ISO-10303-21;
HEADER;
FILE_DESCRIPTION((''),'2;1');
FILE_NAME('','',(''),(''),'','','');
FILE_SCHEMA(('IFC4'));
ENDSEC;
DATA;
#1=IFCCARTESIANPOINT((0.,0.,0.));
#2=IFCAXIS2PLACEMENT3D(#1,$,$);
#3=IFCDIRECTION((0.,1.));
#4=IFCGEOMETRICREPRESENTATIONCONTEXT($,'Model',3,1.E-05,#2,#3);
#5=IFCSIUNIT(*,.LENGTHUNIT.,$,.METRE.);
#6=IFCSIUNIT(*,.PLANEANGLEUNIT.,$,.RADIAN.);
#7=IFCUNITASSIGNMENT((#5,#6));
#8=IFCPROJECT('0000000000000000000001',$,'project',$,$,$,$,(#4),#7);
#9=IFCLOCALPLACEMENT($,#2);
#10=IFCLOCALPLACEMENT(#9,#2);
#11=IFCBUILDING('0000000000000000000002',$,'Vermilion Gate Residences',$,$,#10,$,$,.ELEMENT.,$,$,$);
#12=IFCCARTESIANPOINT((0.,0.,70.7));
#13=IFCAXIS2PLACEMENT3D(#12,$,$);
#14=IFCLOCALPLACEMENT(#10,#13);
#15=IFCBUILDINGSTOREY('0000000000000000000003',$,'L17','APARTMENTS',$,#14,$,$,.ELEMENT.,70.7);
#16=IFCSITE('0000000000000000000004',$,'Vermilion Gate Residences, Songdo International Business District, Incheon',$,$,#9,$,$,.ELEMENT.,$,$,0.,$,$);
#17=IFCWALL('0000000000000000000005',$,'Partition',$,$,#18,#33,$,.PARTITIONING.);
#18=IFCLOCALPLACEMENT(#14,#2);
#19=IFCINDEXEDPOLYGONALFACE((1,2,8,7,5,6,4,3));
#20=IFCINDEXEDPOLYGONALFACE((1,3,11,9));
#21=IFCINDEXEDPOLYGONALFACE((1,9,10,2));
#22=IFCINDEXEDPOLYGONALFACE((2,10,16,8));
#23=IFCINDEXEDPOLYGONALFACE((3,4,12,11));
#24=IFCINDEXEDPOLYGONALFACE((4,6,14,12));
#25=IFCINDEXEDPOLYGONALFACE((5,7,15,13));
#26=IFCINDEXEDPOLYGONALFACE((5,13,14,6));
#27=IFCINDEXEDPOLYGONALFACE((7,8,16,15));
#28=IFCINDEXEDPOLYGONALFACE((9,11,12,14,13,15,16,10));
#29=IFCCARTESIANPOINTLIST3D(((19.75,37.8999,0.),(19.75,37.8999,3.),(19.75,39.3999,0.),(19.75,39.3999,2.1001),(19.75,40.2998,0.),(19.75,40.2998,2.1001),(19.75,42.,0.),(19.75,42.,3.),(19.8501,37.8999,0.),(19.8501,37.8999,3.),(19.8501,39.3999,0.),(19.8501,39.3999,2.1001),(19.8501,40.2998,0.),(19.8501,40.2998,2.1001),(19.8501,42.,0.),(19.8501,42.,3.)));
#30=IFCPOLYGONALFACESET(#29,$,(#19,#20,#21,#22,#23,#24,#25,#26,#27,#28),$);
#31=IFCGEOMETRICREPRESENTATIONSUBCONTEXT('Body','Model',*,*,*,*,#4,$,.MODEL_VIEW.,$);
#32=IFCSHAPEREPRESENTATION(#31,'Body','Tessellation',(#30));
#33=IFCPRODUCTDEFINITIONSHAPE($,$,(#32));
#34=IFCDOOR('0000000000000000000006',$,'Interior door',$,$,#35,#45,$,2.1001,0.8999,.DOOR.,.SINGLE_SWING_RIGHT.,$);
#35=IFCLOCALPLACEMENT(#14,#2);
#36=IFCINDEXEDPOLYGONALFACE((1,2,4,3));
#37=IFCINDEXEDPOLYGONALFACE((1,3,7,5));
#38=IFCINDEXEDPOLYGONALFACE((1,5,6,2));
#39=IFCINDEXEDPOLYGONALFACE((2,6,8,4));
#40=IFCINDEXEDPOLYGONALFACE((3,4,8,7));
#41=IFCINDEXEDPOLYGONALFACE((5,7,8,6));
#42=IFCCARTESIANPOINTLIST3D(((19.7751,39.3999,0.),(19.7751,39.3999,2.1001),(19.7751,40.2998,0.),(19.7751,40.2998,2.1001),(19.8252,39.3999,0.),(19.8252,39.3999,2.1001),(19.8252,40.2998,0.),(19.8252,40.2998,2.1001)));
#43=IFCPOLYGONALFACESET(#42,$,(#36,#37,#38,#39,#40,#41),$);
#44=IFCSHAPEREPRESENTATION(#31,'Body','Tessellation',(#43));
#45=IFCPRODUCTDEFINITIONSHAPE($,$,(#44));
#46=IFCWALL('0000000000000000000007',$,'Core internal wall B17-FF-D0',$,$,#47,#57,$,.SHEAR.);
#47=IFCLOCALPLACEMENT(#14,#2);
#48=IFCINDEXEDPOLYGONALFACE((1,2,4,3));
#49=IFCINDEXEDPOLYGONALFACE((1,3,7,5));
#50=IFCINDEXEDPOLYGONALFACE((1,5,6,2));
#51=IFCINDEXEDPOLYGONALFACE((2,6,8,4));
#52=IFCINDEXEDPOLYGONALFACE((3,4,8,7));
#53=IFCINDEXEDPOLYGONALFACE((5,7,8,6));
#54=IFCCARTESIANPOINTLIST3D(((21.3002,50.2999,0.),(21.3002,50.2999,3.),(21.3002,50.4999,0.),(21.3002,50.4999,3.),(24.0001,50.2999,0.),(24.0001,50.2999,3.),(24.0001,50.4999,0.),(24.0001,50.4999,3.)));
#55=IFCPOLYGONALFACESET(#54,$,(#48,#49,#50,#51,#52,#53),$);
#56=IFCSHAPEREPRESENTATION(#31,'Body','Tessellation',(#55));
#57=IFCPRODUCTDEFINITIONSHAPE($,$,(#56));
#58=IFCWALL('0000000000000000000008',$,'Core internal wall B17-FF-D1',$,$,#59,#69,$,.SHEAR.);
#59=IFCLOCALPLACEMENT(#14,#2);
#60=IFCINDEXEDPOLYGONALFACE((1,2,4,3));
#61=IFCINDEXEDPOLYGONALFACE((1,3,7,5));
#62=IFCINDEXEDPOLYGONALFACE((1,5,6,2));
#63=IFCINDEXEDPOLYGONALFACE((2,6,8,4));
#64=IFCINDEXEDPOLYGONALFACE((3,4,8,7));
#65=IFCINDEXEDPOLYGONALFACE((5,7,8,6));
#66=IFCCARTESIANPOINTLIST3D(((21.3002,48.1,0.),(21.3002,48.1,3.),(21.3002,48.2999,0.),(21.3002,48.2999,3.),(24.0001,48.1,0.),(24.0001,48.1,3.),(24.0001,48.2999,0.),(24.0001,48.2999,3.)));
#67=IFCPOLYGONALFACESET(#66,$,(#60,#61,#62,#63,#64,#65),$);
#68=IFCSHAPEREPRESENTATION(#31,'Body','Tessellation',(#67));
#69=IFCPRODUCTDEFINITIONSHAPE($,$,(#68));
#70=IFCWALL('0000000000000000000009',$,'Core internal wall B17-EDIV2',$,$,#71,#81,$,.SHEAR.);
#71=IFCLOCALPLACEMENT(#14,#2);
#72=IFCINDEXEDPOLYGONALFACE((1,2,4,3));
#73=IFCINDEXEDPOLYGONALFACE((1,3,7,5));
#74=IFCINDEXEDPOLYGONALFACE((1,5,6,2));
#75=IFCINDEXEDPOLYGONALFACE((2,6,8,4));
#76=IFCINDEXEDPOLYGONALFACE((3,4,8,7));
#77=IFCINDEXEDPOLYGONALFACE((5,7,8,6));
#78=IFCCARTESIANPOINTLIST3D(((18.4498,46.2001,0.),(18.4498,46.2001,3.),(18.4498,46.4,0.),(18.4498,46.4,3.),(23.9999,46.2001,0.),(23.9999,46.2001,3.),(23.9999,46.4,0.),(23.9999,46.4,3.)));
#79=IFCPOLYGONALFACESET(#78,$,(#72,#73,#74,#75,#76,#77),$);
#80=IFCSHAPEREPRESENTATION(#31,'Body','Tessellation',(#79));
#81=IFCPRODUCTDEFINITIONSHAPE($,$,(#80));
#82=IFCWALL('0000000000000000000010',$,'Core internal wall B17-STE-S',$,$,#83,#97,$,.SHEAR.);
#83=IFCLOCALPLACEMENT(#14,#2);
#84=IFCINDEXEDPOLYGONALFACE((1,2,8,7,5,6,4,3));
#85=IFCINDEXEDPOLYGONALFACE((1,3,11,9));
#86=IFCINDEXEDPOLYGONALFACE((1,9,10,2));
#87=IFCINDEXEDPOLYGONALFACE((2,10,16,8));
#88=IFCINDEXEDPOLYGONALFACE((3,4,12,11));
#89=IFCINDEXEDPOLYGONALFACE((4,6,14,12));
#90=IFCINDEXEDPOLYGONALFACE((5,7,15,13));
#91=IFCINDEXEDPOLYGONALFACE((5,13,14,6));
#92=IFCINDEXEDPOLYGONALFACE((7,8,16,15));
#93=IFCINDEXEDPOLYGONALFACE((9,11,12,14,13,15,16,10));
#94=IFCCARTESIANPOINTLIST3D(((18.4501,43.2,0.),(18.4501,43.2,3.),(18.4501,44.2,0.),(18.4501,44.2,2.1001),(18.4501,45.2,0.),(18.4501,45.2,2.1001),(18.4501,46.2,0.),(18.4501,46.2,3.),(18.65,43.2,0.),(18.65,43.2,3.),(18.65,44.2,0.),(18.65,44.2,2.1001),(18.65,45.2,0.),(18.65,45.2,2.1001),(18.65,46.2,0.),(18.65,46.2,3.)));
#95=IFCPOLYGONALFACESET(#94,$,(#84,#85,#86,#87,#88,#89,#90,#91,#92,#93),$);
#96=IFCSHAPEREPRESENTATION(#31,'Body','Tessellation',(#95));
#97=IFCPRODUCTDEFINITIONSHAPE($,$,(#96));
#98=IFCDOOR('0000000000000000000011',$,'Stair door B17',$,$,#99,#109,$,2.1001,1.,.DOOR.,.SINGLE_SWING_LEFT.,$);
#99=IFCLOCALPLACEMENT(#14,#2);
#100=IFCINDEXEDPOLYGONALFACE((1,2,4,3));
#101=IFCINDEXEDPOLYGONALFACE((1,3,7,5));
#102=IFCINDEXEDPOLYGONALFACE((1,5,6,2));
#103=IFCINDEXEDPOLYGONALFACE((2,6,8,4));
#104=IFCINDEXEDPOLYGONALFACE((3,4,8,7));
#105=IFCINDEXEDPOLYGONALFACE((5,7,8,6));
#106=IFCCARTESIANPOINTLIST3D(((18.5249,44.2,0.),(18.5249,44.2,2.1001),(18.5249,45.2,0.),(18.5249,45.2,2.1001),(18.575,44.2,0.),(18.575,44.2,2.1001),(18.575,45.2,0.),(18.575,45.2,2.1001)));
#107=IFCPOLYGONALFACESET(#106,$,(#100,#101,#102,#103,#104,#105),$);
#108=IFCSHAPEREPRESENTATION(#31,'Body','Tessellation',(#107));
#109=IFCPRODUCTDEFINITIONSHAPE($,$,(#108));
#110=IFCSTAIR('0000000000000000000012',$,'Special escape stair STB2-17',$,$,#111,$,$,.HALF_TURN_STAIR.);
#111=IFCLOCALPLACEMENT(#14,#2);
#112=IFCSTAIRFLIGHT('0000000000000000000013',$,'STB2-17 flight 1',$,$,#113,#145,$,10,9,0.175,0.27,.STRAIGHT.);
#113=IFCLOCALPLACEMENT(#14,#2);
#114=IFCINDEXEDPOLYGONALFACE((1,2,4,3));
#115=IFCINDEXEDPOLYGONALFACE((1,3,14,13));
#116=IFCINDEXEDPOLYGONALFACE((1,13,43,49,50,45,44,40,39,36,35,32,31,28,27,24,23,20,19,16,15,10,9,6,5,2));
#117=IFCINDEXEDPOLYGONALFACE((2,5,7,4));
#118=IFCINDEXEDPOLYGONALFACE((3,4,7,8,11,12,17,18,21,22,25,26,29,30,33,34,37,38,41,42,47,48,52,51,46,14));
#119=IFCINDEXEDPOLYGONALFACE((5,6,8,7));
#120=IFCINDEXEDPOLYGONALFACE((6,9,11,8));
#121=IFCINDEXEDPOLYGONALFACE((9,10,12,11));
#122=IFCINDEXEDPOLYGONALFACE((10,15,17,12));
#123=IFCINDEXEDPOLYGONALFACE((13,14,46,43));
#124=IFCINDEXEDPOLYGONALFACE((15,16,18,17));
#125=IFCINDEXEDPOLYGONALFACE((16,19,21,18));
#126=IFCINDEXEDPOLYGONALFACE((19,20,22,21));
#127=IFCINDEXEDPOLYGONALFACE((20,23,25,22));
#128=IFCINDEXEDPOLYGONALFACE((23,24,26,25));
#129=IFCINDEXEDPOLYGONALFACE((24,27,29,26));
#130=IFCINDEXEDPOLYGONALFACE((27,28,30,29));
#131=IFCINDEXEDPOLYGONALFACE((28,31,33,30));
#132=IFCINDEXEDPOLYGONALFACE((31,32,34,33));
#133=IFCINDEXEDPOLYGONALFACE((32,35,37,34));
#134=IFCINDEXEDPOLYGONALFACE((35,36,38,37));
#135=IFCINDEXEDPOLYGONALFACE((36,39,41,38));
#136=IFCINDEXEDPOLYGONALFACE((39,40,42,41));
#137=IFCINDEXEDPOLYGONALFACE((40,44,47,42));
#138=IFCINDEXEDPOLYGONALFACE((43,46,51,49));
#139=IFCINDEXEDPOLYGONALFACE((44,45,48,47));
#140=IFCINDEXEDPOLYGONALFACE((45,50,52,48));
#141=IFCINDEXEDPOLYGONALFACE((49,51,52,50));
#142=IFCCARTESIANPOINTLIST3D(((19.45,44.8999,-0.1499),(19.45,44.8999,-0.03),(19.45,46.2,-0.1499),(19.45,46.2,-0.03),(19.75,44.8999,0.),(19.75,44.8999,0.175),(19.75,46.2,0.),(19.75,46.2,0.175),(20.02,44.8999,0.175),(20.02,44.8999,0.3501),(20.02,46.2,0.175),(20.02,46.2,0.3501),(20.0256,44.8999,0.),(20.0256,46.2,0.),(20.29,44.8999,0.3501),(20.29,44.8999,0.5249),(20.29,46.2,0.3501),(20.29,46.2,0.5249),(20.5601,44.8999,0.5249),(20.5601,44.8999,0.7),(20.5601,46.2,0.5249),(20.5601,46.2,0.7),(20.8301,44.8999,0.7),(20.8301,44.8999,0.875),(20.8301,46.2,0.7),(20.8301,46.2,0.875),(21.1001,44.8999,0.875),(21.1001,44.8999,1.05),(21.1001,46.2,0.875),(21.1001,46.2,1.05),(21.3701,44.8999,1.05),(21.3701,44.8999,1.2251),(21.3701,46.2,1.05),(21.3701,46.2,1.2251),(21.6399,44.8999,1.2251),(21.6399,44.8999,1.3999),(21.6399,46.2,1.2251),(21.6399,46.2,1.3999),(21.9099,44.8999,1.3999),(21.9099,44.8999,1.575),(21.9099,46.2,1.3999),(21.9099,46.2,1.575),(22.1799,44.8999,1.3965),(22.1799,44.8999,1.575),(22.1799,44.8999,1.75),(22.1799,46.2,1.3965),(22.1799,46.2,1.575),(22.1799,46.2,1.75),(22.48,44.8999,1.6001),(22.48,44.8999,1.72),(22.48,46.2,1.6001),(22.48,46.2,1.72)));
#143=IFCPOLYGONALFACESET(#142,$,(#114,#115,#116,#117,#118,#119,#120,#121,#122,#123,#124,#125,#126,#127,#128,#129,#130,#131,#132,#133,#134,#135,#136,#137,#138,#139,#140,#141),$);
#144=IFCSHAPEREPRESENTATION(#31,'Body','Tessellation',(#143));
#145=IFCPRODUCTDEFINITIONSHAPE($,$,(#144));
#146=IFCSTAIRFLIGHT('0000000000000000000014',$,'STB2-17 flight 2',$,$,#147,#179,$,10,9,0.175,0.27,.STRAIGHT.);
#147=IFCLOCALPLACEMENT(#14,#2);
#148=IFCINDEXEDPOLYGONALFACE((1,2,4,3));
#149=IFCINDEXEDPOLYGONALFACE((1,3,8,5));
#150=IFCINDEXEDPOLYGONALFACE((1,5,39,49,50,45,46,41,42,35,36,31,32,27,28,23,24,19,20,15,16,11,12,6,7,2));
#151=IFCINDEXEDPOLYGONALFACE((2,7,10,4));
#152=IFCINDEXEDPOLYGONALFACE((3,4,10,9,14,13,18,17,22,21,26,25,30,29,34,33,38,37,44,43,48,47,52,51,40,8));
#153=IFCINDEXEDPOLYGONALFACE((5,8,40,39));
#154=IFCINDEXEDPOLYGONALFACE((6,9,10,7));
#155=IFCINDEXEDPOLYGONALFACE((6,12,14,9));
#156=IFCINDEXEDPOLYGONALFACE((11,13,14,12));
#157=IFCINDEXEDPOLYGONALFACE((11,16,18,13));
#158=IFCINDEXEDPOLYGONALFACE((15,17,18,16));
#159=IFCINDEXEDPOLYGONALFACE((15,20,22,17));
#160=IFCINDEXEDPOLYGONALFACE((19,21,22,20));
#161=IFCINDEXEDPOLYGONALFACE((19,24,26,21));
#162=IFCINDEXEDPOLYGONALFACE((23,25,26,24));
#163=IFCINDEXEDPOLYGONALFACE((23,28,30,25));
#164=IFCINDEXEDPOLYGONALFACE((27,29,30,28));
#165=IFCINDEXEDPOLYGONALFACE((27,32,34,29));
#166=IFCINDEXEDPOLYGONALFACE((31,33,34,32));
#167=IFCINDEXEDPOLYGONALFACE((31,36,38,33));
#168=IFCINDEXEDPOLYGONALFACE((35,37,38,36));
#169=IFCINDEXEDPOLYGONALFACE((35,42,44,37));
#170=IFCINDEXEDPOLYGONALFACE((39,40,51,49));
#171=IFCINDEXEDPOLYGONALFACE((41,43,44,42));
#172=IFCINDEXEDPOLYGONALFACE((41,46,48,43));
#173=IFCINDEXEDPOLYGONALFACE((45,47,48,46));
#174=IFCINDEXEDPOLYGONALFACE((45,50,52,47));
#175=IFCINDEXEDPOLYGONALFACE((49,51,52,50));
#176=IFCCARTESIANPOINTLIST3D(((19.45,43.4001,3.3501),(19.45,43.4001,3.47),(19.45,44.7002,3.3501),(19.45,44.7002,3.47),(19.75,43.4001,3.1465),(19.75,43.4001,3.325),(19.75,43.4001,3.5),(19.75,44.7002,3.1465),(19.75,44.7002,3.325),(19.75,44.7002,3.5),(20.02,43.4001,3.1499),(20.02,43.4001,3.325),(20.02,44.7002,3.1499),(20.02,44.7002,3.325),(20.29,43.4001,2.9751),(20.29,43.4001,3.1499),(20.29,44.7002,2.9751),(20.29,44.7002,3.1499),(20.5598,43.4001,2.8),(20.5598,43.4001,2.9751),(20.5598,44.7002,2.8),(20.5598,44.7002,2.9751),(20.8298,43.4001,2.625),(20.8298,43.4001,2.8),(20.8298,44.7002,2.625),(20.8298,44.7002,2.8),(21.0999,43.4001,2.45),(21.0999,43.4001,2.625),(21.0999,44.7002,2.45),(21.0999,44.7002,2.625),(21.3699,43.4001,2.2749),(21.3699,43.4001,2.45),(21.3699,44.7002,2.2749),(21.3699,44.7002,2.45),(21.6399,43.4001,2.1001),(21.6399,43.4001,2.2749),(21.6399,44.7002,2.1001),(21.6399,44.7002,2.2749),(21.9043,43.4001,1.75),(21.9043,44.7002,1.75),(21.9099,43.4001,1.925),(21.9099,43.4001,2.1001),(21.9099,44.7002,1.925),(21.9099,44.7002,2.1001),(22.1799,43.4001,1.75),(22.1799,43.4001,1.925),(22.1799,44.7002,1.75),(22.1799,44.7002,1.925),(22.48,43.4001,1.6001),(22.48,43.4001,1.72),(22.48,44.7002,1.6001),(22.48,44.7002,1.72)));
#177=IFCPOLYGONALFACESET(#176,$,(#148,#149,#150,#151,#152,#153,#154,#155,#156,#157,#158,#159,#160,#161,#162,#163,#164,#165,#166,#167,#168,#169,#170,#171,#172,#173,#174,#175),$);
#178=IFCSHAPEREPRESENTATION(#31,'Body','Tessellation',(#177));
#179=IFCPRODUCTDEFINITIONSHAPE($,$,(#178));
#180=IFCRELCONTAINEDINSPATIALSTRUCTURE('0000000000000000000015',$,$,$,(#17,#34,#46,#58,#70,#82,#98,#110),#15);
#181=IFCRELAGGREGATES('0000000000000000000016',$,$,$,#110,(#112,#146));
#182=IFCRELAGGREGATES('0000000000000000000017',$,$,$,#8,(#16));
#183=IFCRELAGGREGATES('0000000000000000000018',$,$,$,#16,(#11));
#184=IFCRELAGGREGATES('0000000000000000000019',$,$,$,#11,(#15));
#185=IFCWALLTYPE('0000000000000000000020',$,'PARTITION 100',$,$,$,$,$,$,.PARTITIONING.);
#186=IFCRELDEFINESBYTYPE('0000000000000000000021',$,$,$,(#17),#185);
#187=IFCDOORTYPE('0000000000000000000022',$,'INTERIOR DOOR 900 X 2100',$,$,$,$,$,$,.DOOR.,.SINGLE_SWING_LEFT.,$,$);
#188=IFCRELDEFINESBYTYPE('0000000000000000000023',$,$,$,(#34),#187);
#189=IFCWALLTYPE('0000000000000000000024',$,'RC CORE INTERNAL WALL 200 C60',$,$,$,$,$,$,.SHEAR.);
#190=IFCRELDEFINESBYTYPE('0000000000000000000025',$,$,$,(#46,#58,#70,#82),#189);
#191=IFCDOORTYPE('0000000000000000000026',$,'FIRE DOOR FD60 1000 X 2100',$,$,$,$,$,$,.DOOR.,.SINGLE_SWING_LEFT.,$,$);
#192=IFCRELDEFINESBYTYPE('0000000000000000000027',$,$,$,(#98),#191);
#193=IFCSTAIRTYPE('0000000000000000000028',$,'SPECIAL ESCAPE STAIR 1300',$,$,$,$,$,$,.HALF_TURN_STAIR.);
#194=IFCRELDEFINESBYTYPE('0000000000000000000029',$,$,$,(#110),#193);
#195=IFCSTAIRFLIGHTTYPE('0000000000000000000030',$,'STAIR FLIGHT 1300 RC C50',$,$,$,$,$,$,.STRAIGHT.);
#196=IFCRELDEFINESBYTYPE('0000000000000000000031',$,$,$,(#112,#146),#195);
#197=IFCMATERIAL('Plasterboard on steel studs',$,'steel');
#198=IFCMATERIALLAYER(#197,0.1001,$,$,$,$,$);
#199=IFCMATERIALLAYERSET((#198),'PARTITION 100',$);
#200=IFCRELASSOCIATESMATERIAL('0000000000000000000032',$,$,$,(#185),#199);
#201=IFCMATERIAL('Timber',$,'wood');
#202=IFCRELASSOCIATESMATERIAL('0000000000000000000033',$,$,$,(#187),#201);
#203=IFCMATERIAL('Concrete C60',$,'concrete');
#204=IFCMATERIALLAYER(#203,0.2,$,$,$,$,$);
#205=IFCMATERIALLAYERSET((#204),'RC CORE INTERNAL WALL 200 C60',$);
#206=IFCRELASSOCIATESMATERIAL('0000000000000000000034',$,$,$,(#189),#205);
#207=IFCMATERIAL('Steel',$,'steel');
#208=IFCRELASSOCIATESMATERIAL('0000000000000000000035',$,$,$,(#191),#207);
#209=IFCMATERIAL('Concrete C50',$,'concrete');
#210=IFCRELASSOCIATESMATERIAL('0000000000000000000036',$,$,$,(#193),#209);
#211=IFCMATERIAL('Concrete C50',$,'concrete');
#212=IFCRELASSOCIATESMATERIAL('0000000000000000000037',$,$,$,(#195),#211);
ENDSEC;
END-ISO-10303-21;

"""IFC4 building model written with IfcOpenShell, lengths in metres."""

from ifc_helpers import new_model, si_unit, direction, frame, frame_2d, origin, place, context, subcontext, project, spatial, polyline, rectangle, outline, extrude, material, layer, layer_set, type_object, element, fill, aggregate, save


model = new_model("IFC4")

# Units and contexts
model_context = context("Model", 3, precision=1e-05, world=origin(), true_north=direction((0.0, 1.0)))
body_context = subcontext(model_context, "Body", "Model", "MODEL_VIEW")
ifc_project = project(units=[si_unit("LENGTHUNIT", "METRE"), si_unit("PLANEANGLEUNIT", "RADIAN")], contexts=[model_context])

# Site, building, storey
site_placement = place(None, origin())
site = spatial("IfcSite", under=ifc_project, at=site_placement, Name="Vermilion Gate Residences, Songdo International Business District, Incheon", CompositionType="ELEMENT", RefElevation=0.0)
building_placement = place(site_placement, origin())
building = spatial("IfcBuilding", under=site, at=building_placement, Name="Vermilion Gate Residences", CompositionType="ELEMENT")
storey_placement = place(building_placement, frame((0.0, 0.0, 70.7)))
storey = spatial("IfcBuildingStorey", under=building, at=storey_placement, Name="L17", Description="APARTMENTS", CompositionType="ELEMENT", Elevation=70.7)

# Wall, opening, door
ifc_material_1 = material(Name="Plasterboard on steel studs", Category="steel")
ifc_layer_1 = layer(ifc_material_1, 0.1001)
ifc_layer_set_1 = layer_set([ifc_layer_1], Name="PARTITION 100")
wall_type_1 = type_object("IfcWallType", Name="PARTITION 100", PredefinedType="PARTITIONING", material=ifc_layer_set_1)
wall_1_placement = place(storey_placement, frame((19.8, 37.8999, 0.0), z_axis=(0.0, 0.0, 1.0), x_axis=(0.0, 1.0, 0.0)))
wall_1 = element("IfcWall", 1, at=wall_1_placement, inside=storey, type_object=wall_type_1, Name="Partition", PredefinedType="PARTITIONING", context=body_context, shape_type="SweptSolid", body=[
    extrude(rectangle(XDim=4.1001, YDim=0.1001, at=frame_2d((2.05, 0.0))), origin(), (0.0, 0.0, 1.0), 3.0),
])
opening_1_placement = place(wall_1_placement, frame((1.5, 0.0, 0.0)))
opening_1 = element("IfcOpeningElement", 2, at=opening_1_placement, cuts=wall_1, PredefinedType="OPENING", context=body_context, shape_type="SweptSolid", body=[
    extrude(rectangle(XDim=0.8999, YDim=2.1001, at=frame_2d((0.45, 1.05))), frame((0.0, 0.0601, 0.0), z_axis=(0.0, -1.0, 0.0), x_axis=(1.0, 0.0, 0.0)), (0.0, 0.0, 1.0), 0.1201),
])
ifc_material_2 = material(Name="Timber", Category="wood")
door_type_1 = type_object("IfcDoorType", Name="INTERIOR DOOR 900 X 2100", OperationType="SINGLE_SWING_LEFT", PredefinedType="DOOR", material=ifc_material_2)
door_1_placement = place(opening_1_placement, origin())
door_1 = element("IfcDoor", 3, at=door_1_placement, inside=storey, type_object=door_type_1, Name="Interior door", OperationType="SINGLE_SWING_RIGHT", OverallHeight=2.1001, OverallWidth=0.8999, PredefinedType="DOOR", context=body_context, shape_type="SweptSolid", body=[
    extrude(rectangle(XDim=0.8999, YDim=2.1001, at=frame_2d((0.45, 1.05))), frame((0.0, 0.0249, 0.0), z_axis=(0.0, -1.0, 0.0), x_axis=(1.0, 0.0, 0.0)), (0.0, 0.0, 1.0), 0.05),
])
fill(opening_1, door_1)

# Walls
ifc_material_3 = material(Name="Concrete C60", Category="concrete")
ifc_layer_2 = layer(ifc_material_3, 0.2)
ifc_layer_set_2 = layer_set([ifc_layer_2], Name="RC CORE INTERNAL WALL 200 C60")
wall_type_2 = type_object("IfcWallType", Name="RC CORE INTERNAL WALL 200 C60", PredefinedType="SHEAR", material=ifc_layer_set_2)
for number, where, z_axis, x_axis, name in (
    (4, (21.3, 50.3999, 0.0), (0.0, 0.0, 1.0), (1.0, 0.0, 0.0), "Core internal wall B17-FF-D0"),
    (5, (21.3, 48.2, 0.0), (0.0, 0.0, 1.0), (1.0, 0.0, 0.0), "Core internal wall B17-FF-D1"),
):
    element("IfcWall", number, at=place(storey_placement, frame(where, z_axis=z_axis, x_axis=x_axis)), inside=storey, type_object=wall_type_2, Name=name, PredefinedType="SHEAR", context=body_context, shape_type="SweptSolid", body=[
        extrude(rectangle(XDim=2.7, YDim=0.2, at=frame_2d((1.3501, 0.0))), origin(), (0.0, 0.0, 1.0), 3.0),
    ])
wall_2_placement = place(storey_placement, frame((18.45, 46.3, 0.0), z_axis=(0.0, 0.0, 1.0), x_axis=(1.0, 0.0, 0.0)))
element("IfcWall", 6, at=wall_2_placement, inside=storey, type_object=wall_type_2, Name="Core internal wall B17-EDIV2", PredefinedType="SHEAR", context=body_context, shape_type="SweptSolid", body=[
    extrude(rectangle(XDim=5.55, YDim=0.2, at=frame_2d((2.7749, 0.0))), origin(), (0.0, 0.0, 1.0), 3.0),
])

# Wall, opening, door
wall_3_placement = place(storey_placement, frame((18.55, 46.2, 0.0), z_axis=(0.0, 0.0, 1.0), x_axis=(0.0, -1.0, 0.0)))
wall_3 = element("IfcWall", 7, at=wall_3_placement, inside=storey, type_object=wall_type_2, Name="Core internal wall B17-STE-S", PredefinedType="SHEAR", context=body_context, shape_type="SweptSolid", body=[
    extrude(rectangle(XDim=3.0, YDim=0.2, at=frame_2d((1.5, 0.0))), origin(), (0.0, 0.0, 1.0), 3.0),
])
opening_2_placement = place(wall_3_placement, frame((1.0, 0.0, 0.0)))
opening_2 = element("IfcOpeningElement", 8, at=opening_2_placement, cuts=wall_3, PredefinedType="OPENING", context=body_context, shape_type="SweptSolid", body=[
    extrude(rectangle(XDim=1.0, YDim=2.1001, at=frame_2d((0.5, 1.05))), frame((0.0, 0.1099, 0.0), z_axis=(0.0, -1.0, 0.0), x_axis=(1.0, 0.0, 0.0)), (0.0, 0.0, 1.0), 0.22),
])
ifc_material_4 = material(Name="Steel", Category="steel")
door_type_2 = type_object("IfcDoorType", Name="FIRE DOOR FD60 1000 X 2100", OperationType="SINGLE_SWING_LEFT", PredefinedType="DOOR", material=ifc_material_4)
door_2_placement = place(opening_2_placement, origin())
door_2 = element("IfcDoor", 9, at=door_2_placement, inside=storey, type_object=door_type_2, Name="Stair door B17", OperationType="SINGLE_SWING_LEFT", OverallHeight=2.1001, OverallWidth=1.0, PredefinedType="DOOR", context=body_context, shape_type="SweptSolid", body=[
    extrude(rectangle(XDim=1.0, YDim=2.1001, at=frame_2d((0.5, 1.05))), frame((0.0, 0.0249, 0.0), z_axis=(0.0, -1.0, 0.0), x_axis=(1.0, 0.0, 0.0)), (0.0, 0.0, 1.0), 0.05),
])
fill(opening_2, door_2)

# Stair, stair flights
ifc_material_5 = material(Name="Concrete C50", Category="concrete")
stair_type = type_object("IfcStairType", Name="SPECIAL ESCAPE STAIR 1300", PredefinedType="HALF_TURN_STAIR", material=ifc_material_5)
stair_placement = place(storey_placement, origin())
stair = element("IfcStair", 10, at=stair_placement, inside=storey, type_object=stair_type, Name="Special escape stair STB2-17", PredefinedType="HALF_TURN_STAIR")
ifc_material_6 = material(Name="Concrete C50", Category="concrete")
stair_flight_type = type_object("IfcStairFlightType", Name="STAIR FLIGHT 1300 RC C50", PredefinedType="STRAIGHT", material=ifc_material_6)
stair_flight_1_placement = place(storey_placement, frame((19.75, 45.55, 0.0), z_axis=(0.0, 0.0, 1.0), x_axis=(1.0, 0.0, 0.0)))
stair_flight_1 = element("IfcStairFlight", 11, at=stair_flight_1_placement, type_object=stair_flight_type, Name="STB2-17 flight 1", NumberOfRisers=10, NumberOfTreads=9, PredefinedType="STRAIGHT", RiserHeight=0.175, TreadLength=0.27, context=body_context, shape_type="SweptSolid", body=[
    extrude(outline(polyline([(-0.3, -0.1499), (-0.3, -0.03), (0.0, 0.0), (0.0, 0.175), (0.27, 0.175), (0.27, 0.3501), (0.54, 0.3501), (0.54, 0.5249), (0.8101, 0.5249), (0.8101, 0.7), (1.0801, 0.7), (1.0801, 0.875), (1.3501, 0.875), (1.3501, 1.05), (1.6201, 1.05), (1.6201, 1.2251), (1.8899, 1.2251), (1.8899, 1.3999), (2.1599, 1.3999), (2.1599, 1.575), (2.4299, 1.575), (2.4299, 1.75), (2.73, 1.72), (2.73, 1.6001), (2.4299, 1.3965), (0.2756, 0.0), (-0.3, -0.1499)])), frame((0.0, 0.6499, 0.0), z_axis=(0.0, -1.0, 0.0), x_axis=(1.0, 0.0, 0.0)), (0.0, 0.0, 1.0), 1.3),
])
stair_flight_2_placement = place(storey_placement, frame((22.1799, 44.05, 1.75), z_axis=(0.0, 0.0, 1.0), x_axis=(-1.0, 0.0, 0.0)))
stair_flight_2 = element("IfcStairFlight", 12, at=stair_flight_2_placement, type_object=stair_flight_type, Name="STB2-17 flight 2", NumberOfRisers=10, NumberOfTreads=9, PredefinedType="STRAIGHT", RiserHeight=0.175, TreadLength=0.27, context=body_context, shape_type="SweptSolid", body=[
    extrude(outline(polyline([(-0.3, -0.1499), (-0.3, -0.03), (0.0, 0.0), (0.0, 0.175), (0.27, 0.175), (0.27, 0.3501), (0.54, 0.3501), (0.54, 0.5249), (0.8101, 0.5249), (0.8101, 0.7), (1.0801, 0.7), (1.0801, 0.875), (1.3501, 0.875), (1.3501, 1.05), (1.6201, 1.05), (1.6201, 1.2251), (1.8899, 1.2251), (1.8899, 1.3999), (2.1599, 1.3999), (2.1599, 1.575), (2.4299, 1.575), (2.4299, 1.75), (2.73, 1.72), (2.73, 1.6001), (2.4299, 1.3965), (0.2756, 0.0), (-0.3, -0.1499)])), frame((0.0, 0.6499, 0.0), z_axis=(0.0, -1.0, 0.0), x_axis=(1.0, 0.0, 0.0)), (0.0, 0.0, 1.0), 1.3),
])
aggregate(stair, [stair_flight_1, stair_flight_2])

save(model, "model.ifc")
